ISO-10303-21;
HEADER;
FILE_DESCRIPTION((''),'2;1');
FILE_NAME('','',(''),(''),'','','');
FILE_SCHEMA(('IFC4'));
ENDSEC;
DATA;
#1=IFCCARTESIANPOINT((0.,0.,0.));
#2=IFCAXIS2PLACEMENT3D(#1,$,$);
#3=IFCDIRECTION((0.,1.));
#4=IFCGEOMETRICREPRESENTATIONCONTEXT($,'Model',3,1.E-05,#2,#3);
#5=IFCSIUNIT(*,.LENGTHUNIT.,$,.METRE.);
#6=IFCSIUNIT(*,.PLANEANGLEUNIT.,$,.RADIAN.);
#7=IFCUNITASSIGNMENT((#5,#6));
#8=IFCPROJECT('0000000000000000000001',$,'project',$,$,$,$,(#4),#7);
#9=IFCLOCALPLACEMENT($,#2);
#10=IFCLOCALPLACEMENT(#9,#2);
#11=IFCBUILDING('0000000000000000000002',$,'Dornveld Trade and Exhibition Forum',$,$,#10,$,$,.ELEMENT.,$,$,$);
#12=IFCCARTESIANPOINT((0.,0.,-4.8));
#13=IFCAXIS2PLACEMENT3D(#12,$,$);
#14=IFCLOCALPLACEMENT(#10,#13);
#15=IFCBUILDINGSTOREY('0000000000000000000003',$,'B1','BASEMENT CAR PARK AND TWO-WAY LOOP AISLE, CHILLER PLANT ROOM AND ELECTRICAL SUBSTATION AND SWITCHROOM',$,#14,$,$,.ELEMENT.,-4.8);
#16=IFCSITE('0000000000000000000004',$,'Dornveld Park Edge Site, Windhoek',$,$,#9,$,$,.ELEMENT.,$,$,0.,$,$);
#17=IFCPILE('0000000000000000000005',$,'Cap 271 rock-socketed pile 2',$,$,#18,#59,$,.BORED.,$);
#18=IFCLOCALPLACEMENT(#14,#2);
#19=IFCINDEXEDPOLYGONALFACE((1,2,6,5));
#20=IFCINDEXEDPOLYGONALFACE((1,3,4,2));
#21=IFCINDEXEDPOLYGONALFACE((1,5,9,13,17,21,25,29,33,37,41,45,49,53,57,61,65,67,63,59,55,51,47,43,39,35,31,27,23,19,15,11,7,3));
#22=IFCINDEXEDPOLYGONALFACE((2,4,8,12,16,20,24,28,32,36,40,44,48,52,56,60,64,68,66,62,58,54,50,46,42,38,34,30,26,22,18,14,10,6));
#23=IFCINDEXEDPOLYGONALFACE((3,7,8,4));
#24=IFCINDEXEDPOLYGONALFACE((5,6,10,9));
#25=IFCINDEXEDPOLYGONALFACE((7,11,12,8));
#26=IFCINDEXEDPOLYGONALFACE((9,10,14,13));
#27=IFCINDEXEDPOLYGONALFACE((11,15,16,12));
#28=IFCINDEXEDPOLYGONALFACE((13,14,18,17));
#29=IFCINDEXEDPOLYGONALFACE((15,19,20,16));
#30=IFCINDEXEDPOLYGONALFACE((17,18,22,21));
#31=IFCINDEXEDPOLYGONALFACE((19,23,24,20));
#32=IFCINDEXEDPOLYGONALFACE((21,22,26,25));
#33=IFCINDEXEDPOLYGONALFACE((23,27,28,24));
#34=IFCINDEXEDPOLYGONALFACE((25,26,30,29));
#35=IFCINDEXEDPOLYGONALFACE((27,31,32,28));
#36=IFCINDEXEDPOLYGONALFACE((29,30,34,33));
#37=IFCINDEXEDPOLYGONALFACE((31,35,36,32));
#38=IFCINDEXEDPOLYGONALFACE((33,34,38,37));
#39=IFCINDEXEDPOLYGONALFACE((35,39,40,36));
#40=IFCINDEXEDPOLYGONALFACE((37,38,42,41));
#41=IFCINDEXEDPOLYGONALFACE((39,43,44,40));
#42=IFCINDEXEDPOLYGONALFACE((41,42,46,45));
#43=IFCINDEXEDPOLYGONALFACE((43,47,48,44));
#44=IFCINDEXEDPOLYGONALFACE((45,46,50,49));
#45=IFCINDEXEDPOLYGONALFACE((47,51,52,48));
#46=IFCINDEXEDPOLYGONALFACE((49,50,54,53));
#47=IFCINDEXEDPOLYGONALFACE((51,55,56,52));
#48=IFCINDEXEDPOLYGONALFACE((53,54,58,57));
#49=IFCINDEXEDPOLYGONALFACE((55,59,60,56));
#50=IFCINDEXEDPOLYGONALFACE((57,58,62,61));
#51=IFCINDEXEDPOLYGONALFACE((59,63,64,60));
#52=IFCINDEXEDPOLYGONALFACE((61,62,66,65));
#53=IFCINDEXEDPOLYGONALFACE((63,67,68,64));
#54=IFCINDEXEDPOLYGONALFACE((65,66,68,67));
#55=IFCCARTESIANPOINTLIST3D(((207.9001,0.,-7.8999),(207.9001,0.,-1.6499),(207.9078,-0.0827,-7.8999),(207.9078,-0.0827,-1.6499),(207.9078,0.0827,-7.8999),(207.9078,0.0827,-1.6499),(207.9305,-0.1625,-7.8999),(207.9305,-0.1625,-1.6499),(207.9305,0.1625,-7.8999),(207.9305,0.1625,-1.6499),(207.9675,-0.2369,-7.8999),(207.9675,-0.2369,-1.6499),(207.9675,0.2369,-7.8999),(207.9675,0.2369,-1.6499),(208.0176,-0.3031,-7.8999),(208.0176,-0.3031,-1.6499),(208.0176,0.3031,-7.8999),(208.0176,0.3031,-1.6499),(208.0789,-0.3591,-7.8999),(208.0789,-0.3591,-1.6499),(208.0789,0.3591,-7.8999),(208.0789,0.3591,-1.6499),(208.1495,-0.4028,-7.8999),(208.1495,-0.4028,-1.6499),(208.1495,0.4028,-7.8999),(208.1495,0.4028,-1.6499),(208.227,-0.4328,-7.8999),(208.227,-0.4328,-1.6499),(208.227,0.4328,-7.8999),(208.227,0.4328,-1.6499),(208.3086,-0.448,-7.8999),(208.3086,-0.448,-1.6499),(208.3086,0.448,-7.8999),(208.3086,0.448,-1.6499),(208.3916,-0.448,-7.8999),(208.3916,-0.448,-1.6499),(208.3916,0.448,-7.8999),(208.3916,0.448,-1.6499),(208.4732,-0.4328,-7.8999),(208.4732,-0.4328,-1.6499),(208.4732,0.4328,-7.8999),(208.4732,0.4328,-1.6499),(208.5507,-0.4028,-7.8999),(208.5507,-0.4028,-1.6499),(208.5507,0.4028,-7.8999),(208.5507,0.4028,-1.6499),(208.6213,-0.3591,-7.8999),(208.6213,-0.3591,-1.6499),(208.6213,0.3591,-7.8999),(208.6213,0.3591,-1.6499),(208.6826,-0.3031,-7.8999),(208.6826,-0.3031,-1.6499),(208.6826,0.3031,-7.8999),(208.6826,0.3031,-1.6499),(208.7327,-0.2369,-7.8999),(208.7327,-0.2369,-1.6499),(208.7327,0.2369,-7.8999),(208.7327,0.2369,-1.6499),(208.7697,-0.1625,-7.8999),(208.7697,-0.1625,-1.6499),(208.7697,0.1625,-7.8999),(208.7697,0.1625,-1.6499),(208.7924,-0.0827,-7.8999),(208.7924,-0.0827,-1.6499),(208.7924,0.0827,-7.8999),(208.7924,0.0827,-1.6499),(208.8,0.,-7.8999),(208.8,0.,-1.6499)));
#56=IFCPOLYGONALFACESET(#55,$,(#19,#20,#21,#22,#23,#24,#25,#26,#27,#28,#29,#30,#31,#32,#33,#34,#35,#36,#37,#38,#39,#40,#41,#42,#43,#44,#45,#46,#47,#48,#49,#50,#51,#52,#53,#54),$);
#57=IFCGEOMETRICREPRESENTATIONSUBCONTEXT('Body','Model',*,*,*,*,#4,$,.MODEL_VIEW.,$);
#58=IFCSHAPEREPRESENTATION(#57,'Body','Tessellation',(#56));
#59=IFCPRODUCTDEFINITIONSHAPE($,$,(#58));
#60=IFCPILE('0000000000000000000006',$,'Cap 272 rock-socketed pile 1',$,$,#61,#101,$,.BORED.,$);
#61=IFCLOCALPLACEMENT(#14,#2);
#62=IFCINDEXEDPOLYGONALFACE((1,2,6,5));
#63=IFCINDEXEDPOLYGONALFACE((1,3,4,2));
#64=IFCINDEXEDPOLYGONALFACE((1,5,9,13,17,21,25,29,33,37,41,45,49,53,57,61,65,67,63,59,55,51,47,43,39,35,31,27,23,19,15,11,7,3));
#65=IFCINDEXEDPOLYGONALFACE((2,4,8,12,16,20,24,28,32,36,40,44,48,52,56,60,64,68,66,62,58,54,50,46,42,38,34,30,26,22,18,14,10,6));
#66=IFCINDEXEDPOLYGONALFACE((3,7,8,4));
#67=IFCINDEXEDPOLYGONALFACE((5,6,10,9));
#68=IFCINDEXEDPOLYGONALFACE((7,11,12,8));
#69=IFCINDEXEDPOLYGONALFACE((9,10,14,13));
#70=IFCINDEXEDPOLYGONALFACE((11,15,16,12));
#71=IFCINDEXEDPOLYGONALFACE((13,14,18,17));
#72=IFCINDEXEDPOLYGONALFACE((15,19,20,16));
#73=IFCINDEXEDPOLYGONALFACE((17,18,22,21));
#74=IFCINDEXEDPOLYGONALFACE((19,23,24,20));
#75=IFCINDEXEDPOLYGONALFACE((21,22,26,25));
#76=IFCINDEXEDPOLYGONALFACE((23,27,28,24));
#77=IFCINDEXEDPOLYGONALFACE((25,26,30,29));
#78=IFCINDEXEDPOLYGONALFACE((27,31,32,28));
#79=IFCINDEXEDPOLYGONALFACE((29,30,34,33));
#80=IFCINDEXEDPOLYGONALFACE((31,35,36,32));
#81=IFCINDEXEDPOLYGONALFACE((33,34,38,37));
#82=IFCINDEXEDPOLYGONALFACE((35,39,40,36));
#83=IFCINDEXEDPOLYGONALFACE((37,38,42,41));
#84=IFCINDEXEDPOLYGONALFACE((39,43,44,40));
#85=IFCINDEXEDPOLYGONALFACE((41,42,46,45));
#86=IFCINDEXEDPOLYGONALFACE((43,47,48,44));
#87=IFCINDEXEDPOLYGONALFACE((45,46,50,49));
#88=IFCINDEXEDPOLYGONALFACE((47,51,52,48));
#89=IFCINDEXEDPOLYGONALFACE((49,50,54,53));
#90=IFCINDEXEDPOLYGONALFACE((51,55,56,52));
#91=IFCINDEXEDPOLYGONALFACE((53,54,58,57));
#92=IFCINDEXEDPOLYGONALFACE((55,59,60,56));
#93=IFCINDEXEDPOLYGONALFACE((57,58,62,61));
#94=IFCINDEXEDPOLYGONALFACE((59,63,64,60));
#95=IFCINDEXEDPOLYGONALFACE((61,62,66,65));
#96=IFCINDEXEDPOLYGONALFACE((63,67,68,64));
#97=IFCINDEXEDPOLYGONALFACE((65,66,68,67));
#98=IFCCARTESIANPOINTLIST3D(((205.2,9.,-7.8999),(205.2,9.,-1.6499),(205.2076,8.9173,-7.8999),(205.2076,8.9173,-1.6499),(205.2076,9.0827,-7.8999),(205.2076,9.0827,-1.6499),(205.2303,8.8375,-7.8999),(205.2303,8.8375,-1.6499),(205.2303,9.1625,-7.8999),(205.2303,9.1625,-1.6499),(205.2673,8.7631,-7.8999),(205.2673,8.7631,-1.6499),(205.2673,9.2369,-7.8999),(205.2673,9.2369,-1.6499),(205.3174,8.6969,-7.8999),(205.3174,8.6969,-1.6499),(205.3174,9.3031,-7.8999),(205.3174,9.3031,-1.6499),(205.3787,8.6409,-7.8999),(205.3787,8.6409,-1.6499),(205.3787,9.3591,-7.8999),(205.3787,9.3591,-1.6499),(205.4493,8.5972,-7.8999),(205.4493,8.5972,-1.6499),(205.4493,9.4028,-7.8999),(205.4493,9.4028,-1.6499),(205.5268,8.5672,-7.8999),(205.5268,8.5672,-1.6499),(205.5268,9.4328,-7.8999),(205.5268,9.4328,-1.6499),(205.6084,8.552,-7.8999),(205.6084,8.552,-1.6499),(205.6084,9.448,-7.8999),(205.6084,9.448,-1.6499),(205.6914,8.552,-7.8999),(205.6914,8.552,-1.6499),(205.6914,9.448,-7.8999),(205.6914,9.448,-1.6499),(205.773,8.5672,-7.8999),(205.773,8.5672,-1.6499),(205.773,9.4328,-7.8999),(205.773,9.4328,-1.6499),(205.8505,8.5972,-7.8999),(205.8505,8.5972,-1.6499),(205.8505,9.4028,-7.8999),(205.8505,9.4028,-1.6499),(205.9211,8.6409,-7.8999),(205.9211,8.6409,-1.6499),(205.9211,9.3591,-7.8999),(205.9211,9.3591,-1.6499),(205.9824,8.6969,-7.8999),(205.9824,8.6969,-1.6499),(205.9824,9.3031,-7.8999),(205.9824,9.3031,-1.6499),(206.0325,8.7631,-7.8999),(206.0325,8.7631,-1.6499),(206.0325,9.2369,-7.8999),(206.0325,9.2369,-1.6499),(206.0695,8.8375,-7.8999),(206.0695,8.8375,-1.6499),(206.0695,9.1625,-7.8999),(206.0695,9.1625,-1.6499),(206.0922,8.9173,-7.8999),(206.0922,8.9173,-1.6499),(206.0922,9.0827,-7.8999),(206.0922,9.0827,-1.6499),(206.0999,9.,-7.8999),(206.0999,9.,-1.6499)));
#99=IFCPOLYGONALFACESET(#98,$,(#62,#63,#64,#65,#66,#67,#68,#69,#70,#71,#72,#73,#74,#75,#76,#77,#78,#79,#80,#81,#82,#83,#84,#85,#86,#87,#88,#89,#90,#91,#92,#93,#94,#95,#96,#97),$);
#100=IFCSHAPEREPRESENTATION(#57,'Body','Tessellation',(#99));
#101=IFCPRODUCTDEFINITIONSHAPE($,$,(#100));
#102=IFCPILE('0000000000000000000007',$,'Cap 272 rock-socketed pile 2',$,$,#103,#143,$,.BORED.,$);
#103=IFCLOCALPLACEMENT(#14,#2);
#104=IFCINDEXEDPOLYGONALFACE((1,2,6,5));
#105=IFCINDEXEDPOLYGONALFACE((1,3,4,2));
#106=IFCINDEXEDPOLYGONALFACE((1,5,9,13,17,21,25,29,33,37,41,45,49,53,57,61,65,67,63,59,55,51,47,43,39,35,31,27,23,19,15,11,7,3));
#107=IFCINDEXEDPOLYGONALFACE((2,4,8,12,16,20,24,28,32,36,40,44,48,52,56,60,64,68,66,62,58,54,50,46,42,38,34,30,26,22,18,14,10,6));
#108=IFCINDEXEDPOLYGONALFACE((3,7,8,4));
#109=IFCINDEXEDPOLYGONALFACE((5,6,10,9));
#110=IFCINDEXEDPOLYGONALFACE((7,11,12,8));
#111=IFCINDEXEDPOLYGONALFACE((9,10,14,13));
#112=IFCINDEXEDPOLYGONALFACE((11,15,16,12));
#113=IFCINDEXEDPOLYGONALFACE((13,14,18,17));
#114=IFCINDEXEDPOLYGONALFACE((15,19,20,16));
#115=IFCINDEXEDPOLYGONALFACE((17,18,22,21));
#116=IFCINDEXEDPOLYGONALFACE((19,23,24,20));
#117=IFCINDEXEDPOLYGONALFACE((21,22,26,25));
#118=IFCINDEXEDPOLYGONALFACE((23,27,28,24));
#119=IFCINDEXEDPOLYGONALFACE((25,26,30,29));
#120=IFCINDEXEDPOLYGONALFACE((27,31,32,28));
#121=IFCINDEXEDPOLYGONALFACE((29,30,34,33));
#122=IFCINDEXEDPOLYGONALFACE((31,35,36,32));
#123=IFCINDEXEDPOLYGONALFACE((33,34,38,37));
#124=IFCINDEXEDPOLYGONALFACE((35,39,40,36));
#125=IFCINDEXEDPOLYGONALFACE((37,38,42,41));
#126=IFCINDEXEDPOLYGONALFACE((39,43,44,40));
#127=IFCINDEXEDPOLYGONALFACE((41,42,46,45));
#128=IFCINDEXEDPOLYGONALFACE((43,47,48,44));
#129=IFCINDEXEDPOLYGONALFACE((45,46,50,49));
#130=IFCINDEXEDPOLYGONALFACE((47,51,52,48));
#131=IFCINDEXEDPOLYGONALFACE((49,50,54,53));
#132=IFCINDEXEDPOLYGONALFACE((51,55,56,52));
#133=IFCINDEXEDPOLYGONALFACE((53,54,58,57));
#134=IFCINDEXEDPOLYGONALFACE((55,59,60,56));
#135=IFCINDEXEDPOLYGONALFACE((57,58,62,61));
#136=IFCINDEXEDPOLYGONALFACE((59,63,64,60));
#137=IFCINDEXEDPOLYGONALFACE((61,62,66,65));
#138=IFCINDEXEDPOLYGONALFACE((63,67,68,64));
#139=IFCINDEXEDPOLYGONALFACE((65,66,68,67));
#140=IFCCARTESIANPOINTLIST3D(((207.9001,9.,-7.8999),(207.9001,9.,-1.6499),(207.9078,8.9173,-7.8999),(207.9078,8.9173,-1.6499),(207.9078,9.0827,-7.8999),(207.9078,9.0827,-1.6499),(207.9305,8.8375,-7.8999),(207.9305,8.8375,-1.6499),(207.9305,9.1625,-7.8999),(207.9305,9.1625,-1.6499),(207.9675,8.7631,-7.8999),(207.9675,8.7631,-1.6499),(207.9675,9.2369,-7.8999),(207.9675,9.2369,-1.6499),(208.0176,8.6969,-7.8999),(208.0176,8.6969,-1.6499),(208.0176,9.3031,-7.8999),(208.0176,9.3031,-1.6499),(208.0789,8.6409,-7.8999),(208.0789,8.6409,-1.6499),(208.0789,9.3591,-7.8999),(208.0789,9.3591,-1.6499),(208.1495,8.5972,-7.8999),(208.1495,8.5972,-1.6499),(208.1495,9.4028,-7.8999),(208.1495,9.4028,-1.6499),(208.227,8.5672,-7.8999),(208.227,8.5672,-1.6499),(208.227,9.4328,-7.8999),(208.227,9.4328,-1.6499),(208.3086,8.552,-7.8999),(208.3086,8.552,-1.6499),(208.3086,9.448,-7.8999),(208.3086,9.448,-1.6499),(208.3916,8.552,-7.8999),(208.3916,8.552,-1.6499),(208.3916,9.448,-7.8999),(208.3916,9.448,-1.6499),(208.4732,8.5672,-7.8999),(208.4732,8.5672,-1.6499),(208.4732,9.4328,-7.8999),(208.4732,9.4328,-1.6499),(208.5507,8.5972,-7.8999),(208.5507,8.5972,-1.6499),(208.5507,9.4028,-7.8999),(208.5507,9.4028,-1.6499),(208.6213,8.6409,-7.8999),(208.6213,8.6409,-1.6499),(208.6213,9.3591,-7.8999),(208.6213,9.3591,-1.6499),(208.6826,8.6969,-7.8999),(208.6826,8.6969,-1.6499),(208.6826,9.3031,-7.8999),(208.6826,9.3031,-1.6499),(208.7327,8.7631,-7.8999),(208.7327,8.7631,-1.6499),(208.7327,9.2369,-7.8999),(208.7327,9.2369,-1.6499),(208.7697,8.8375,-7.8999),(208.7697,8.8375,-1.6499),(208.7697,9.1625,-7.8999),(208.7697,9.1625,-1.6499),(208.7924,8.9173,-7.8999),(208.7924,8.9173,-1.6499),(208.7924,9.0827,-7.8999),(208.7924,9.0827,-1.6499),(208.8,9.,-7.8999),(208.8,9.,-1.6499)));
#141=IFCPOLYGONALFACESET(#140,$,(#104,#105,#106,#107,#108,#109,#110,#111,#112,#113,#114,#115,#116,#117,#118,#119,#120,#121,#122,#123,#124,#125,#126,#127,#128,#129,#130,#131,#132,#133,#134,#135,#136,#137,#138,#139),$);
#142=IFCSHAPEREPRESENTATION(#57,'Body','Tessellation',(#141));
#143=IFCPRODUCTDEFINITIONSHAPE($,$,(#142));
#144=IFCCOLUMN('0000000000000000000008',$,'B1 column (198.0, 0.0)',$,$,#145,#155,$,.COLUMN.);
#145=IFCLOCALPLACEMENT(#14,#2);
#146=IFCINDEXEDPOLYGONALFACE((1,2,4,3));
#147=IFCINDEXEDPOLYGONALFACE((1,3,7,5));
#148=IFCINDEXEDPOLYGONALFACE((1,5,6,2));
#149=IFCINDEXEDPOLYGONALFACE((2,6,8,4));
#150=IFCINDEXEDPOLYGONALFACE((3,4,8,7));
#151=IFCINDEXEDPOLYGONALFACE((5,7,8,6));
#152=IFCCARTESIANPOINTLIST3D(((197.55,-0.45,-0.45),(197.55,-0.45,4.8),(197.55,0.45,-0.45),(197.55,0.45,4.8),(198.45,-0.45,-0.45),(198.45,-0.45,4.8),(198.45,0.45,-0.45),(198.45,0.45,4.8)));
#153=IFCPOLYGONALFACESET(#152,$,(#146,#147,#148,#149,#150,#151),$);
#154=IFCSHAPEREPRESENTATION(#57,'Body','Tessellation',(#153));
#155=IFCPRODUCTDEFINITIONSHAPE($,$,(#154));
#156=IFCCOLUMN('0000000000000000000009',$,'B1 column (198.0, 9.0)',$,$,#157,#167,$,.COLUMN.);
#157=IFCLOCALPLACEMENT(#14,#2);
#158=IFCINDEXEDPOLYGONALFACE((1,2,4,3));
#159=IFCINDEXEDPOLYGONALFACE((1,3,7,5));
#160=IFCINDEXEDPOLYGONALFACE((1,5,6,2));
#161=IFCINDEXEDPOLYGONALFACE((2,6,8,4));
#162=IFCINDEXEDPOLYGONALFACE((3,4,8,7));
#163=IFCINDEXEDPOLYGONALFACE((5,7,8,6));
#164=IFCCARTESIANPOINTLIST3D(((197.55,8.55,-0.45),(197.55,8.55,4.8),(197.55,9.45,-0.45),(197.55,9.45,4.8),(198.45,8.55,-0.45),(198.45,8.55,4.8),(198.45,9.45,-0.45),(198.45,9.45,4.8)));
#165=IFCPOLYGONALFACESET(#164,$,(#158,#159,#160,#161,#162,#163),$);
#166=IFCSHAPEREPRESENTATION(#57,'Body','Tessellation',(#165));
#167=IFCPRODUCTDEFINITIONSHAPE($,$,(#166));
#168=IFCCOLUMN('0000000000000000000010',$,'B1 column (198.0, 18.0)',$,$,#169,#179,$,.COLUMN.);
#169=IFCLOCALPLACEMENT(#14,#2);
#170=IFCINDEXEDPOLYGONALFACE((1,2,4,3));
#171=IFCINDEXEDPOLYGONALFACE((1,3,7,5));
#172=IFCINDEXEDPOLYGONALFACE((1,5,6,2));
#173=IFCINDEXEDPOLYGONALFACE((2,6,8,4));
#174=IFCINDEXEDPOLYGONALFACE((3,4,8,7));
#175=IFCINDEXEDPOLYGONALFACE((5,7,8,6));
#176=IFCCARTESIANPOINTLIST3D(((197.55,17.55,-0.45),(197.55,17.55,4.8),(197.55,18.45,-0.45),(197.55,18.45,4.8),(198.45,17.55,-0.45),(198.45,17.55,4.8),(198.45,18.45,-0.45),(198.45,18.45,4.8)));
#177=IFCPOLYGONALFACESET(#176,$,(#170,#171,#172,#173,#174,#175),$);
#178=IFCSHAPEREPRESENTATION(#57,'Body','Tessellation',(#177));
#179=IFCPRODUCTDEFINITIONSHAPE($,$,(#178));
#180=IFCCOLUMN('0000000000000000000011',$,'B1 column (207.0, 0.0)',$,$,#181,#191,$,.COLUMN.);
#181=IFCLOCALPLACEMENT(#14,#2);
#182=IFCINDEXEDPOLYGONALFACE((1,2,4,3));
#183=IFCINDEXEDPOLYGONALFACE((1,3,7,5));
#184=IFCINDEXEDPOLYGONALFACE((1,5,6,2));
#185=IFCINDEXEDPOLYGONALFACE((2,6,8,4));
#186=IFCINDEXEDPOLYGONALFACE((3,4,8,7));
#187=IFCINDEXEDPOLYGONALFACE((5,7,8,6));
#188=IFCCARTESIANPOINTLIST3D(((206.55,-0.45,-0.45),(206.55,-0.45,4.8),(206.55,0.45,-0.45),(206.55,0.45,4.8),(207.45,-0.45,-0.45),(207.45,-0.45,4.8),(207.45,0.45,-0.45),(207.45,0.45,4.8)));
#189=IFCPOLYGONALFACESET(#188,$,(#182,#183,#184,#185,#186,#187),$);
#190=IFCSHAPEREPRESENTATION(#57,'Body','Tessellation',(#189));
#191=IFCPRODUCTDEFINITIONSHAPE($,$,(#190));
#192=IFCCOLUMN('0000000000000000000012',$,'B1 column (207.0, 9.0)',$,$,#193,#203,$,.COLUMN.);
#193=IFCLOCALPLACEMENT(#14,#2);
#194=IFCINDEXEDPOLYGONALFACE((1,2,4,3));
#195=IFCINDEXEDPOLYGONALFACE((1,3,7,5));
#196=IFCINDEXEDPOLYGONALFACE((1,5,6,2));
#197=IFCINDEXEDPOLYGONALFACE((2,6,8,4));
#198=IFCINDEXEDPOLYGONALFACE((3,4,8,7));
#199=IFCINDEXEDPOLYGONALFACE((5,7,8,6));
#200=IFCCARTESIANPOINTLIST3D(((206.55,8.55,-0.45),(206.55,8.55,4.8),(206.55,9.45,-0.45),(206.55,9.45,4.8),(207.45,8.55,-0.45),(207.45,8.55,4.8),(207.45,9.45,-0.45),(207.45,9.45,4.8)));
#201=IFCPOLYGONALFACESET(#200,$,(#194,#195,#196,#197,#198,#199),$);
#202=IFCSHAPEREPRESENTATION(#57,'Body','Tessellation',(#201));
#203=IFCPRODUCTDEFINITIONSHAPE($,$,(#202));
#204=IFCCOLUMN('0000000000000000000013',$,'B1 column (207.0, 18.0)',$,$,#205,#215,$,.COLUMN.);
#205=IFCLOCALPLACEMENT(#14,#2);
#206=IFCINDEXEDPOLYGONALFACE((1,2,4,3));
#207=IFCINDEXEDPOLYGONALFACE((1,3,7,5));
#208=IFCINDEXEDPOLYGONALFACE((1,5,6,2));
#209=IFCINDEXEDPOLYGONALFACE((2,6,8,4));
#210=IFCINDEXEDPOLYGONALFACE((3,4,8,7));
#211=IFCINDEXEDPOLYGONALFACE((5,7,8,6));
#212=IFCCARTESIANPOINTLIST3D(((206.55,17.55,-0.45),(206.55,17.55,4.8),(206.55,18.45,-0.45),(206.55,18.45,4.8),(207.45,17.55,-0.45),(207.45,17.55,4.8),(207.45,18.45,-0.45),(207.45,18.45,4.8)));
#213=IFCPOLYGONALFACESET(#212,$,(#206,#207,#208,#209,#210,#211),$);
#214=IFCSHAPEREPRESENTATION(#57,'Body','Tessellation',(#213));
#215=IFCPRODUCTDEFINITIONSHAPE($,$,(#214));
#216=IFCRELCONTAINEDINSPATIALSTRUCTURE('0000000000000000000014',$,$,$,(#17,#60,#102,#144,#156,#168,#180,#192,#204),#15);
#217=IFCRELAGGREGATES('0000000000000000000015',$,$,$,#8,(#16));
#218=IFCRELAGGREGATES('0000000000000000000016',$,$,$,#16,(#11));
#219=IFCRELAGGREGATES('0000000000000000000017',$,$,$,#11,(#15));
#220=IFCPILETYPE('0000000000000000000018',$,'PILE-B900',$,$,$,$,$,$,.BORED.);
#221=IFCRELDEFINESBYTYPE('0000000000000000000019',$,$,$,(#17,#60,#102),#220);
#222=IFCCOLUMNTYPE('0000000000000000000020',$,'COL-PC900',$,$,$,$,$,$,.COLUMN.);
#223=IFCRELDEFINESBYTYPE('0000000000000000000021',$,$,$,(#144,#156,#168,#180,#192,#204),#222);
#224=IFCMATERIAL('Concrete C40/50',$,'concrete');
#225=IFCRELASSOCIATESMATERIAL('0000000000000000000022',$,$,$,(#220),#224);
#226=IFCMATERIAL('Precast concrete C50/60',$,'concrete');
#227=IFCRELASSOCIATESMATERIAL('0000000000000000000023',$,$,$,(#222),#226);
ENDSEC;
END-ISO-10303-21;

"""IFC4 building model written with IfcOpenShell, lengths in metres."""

from ifc_helpers import new_model, si_unit, direction, frame, origin, origin_2d, place, context, subcontext, project, spatial, rectangle, circle, extrude, material, material_profile, profile_set, type_object, element, save


model = new_model("IFC4")

# Units and contexts
model_context = context("Model", 3, precision=1e-05, world=origin(), true_north=direction((0.0, 1.0)))
body_context = subcontext(model_context, "Body", "Model", "MODEL_VIEW")
ifc_project = project(units=[si_unit("LENGTHUNIT", "METRE"), si_unit("PLANEANGLEUNIT", "RADIAN")], contexts=[model_context])

# Site, building, storey
site_placement = place(None, origin())
site = spatial("IfcSite", under=ifc_project, at=site_placement, Name="Dornveld Park Edge Site, Windhoek", CompositionType="ELEMENT", RefElevation=0.0)
building_placement = place(site_placement, origin())
building = spatial("IfcBuilding", under=site, at=building_placement, Name="Dornveld Trade and Exhibition Forum", CompositionType="ELEMENT")
storey_placement = place(building_placement, frame((0.0, 0.0, -4.8)))
storey = spatial("IfcBuildingStorey", under=building, at=storey_placement, Name="B1", Description="BASEMENT CAR PARK AND TWO-WAY LOOP AISLE, CHILLER PLANT ROOM AND ELECTRICAL SUBSTATION AND SWITCHROOM", CompositionType="ELEMENT", Elevation=-4.8)

# Piles
ifc_material_1 = material(Name="Concrete C40/50", Category="concrete")
ifc_material_profile_1 = material_profile(ifc_material_1, circle(Radius=0.45, at=origin_2d()), Name="PILE D900")
ifc_profile_set_1 = profile_set([ifc_material_profile_1], Name="Concrete C40/50")
pile_type_1 = type_object("IfcPileType", Name="PILE-B900", PredefinedType="BORED", material=ifc_profile_set_1)
for number, where, z_axis, x_axis, name in (
    (1, (208.3501, 0.0, -1.6499), (0.0, 0.0, -1.0), (1.0, 0.0, 0.0), "Cap 271 rock-socketed pile 2"),
    (2, (205.6499, 9.0, -1.6499), (0.0, 0.0, -1.0), (1.0, 0.0, 0.0), "Cap 272 rock-socketed pile 1"),
    (3, (208.3501, 9.0, -1.6499), (0.0, 0.0, -1.0), (1.0, 0.0, 0.0), "Cap 272 rock-socketed pile 2"),
):
    element("IfcPile", number, at=place(storey_placement, frame(where, z_axis=z_axis, x_axis=x_axis)), inside=storey, type_object=pile_type_1, Name=name, PredefinedType="BORED", context=body_context, shape_type="SweptSolid", body=[
        extrude(circle(Radius=0.45, at=origin_2d()), origin(), (0.0, 0.0, 1.0), 6.25),
    ])

# Columns
ifc_material_2 = material(Name="Precast concrete C50/60", Category="concrete")
ifc_material_profile_2 = material_profile(ifc_material_2, rectangle(XDim=0.8999, YDim=0.8999, at=origin_2d()), Name="PC-COL 900x900")
ifc_profile_set_2 = profile_set([ifc_material_profile_2], Name="Precast concrete C50/60")
column_type = type_object("IfcColumnType", Name="COL-PC900", PredefinedType="COLUMN", material=ifc_profile_set_2)
for number, where, z_axis, x_axis, name in (
    (4, (198.0, 0.0, -0.45), (0.0, 0.0, 1.0), (1.0, 0.0, 0.0), "B1 column (198.0, 0.0)"),
    (5, (198.0, 9.0, -0.45), (0.0, 0.0, 1.0), (1.0, 0.0, 0.0), "B1 column (198.0, 9.0)"),
    (6, (198.0, 18.0, -0.45), (0.0, 0.0, 1.0), (1.0, 0.0, 0.0), "B1 column (198.0, 18.0)"),
    (7, (207.0, 0.0, -0.45), (0.0, 0.0, 1.0), (1.0, 0.0, 0.0), "B1 column (207.0, 0.0)"),
    (8, (207.0, 9.0, -0.45), (0.0, 0.0, 1.0), (1.0, 0.0, 0.0), "B1 column (207.0, 9.0)"),
    (9, (207.0, 18.0, -0.45), (0.0, 0.0, 1.0), (1.0, 0.0, 0.0), "B1 column (207.0, 18.0)"),
):
    element("IfcColumn", number, at=place(storey_placement, frame(where, z_axis=z_axis, x_axis=x_axis)), inside=storey, type_object=column_type, Name=name, PredefinedType="COLUMN", context=body_context, shape_type="SweptSolid", body=[
        extrude(rectangle(XDim=0.8999, YDim=0.8999, at=origin_2d()), origin(), (0.0, 0.0, 1.0), 5.25),
    ])

save(model, "model.ifc")
